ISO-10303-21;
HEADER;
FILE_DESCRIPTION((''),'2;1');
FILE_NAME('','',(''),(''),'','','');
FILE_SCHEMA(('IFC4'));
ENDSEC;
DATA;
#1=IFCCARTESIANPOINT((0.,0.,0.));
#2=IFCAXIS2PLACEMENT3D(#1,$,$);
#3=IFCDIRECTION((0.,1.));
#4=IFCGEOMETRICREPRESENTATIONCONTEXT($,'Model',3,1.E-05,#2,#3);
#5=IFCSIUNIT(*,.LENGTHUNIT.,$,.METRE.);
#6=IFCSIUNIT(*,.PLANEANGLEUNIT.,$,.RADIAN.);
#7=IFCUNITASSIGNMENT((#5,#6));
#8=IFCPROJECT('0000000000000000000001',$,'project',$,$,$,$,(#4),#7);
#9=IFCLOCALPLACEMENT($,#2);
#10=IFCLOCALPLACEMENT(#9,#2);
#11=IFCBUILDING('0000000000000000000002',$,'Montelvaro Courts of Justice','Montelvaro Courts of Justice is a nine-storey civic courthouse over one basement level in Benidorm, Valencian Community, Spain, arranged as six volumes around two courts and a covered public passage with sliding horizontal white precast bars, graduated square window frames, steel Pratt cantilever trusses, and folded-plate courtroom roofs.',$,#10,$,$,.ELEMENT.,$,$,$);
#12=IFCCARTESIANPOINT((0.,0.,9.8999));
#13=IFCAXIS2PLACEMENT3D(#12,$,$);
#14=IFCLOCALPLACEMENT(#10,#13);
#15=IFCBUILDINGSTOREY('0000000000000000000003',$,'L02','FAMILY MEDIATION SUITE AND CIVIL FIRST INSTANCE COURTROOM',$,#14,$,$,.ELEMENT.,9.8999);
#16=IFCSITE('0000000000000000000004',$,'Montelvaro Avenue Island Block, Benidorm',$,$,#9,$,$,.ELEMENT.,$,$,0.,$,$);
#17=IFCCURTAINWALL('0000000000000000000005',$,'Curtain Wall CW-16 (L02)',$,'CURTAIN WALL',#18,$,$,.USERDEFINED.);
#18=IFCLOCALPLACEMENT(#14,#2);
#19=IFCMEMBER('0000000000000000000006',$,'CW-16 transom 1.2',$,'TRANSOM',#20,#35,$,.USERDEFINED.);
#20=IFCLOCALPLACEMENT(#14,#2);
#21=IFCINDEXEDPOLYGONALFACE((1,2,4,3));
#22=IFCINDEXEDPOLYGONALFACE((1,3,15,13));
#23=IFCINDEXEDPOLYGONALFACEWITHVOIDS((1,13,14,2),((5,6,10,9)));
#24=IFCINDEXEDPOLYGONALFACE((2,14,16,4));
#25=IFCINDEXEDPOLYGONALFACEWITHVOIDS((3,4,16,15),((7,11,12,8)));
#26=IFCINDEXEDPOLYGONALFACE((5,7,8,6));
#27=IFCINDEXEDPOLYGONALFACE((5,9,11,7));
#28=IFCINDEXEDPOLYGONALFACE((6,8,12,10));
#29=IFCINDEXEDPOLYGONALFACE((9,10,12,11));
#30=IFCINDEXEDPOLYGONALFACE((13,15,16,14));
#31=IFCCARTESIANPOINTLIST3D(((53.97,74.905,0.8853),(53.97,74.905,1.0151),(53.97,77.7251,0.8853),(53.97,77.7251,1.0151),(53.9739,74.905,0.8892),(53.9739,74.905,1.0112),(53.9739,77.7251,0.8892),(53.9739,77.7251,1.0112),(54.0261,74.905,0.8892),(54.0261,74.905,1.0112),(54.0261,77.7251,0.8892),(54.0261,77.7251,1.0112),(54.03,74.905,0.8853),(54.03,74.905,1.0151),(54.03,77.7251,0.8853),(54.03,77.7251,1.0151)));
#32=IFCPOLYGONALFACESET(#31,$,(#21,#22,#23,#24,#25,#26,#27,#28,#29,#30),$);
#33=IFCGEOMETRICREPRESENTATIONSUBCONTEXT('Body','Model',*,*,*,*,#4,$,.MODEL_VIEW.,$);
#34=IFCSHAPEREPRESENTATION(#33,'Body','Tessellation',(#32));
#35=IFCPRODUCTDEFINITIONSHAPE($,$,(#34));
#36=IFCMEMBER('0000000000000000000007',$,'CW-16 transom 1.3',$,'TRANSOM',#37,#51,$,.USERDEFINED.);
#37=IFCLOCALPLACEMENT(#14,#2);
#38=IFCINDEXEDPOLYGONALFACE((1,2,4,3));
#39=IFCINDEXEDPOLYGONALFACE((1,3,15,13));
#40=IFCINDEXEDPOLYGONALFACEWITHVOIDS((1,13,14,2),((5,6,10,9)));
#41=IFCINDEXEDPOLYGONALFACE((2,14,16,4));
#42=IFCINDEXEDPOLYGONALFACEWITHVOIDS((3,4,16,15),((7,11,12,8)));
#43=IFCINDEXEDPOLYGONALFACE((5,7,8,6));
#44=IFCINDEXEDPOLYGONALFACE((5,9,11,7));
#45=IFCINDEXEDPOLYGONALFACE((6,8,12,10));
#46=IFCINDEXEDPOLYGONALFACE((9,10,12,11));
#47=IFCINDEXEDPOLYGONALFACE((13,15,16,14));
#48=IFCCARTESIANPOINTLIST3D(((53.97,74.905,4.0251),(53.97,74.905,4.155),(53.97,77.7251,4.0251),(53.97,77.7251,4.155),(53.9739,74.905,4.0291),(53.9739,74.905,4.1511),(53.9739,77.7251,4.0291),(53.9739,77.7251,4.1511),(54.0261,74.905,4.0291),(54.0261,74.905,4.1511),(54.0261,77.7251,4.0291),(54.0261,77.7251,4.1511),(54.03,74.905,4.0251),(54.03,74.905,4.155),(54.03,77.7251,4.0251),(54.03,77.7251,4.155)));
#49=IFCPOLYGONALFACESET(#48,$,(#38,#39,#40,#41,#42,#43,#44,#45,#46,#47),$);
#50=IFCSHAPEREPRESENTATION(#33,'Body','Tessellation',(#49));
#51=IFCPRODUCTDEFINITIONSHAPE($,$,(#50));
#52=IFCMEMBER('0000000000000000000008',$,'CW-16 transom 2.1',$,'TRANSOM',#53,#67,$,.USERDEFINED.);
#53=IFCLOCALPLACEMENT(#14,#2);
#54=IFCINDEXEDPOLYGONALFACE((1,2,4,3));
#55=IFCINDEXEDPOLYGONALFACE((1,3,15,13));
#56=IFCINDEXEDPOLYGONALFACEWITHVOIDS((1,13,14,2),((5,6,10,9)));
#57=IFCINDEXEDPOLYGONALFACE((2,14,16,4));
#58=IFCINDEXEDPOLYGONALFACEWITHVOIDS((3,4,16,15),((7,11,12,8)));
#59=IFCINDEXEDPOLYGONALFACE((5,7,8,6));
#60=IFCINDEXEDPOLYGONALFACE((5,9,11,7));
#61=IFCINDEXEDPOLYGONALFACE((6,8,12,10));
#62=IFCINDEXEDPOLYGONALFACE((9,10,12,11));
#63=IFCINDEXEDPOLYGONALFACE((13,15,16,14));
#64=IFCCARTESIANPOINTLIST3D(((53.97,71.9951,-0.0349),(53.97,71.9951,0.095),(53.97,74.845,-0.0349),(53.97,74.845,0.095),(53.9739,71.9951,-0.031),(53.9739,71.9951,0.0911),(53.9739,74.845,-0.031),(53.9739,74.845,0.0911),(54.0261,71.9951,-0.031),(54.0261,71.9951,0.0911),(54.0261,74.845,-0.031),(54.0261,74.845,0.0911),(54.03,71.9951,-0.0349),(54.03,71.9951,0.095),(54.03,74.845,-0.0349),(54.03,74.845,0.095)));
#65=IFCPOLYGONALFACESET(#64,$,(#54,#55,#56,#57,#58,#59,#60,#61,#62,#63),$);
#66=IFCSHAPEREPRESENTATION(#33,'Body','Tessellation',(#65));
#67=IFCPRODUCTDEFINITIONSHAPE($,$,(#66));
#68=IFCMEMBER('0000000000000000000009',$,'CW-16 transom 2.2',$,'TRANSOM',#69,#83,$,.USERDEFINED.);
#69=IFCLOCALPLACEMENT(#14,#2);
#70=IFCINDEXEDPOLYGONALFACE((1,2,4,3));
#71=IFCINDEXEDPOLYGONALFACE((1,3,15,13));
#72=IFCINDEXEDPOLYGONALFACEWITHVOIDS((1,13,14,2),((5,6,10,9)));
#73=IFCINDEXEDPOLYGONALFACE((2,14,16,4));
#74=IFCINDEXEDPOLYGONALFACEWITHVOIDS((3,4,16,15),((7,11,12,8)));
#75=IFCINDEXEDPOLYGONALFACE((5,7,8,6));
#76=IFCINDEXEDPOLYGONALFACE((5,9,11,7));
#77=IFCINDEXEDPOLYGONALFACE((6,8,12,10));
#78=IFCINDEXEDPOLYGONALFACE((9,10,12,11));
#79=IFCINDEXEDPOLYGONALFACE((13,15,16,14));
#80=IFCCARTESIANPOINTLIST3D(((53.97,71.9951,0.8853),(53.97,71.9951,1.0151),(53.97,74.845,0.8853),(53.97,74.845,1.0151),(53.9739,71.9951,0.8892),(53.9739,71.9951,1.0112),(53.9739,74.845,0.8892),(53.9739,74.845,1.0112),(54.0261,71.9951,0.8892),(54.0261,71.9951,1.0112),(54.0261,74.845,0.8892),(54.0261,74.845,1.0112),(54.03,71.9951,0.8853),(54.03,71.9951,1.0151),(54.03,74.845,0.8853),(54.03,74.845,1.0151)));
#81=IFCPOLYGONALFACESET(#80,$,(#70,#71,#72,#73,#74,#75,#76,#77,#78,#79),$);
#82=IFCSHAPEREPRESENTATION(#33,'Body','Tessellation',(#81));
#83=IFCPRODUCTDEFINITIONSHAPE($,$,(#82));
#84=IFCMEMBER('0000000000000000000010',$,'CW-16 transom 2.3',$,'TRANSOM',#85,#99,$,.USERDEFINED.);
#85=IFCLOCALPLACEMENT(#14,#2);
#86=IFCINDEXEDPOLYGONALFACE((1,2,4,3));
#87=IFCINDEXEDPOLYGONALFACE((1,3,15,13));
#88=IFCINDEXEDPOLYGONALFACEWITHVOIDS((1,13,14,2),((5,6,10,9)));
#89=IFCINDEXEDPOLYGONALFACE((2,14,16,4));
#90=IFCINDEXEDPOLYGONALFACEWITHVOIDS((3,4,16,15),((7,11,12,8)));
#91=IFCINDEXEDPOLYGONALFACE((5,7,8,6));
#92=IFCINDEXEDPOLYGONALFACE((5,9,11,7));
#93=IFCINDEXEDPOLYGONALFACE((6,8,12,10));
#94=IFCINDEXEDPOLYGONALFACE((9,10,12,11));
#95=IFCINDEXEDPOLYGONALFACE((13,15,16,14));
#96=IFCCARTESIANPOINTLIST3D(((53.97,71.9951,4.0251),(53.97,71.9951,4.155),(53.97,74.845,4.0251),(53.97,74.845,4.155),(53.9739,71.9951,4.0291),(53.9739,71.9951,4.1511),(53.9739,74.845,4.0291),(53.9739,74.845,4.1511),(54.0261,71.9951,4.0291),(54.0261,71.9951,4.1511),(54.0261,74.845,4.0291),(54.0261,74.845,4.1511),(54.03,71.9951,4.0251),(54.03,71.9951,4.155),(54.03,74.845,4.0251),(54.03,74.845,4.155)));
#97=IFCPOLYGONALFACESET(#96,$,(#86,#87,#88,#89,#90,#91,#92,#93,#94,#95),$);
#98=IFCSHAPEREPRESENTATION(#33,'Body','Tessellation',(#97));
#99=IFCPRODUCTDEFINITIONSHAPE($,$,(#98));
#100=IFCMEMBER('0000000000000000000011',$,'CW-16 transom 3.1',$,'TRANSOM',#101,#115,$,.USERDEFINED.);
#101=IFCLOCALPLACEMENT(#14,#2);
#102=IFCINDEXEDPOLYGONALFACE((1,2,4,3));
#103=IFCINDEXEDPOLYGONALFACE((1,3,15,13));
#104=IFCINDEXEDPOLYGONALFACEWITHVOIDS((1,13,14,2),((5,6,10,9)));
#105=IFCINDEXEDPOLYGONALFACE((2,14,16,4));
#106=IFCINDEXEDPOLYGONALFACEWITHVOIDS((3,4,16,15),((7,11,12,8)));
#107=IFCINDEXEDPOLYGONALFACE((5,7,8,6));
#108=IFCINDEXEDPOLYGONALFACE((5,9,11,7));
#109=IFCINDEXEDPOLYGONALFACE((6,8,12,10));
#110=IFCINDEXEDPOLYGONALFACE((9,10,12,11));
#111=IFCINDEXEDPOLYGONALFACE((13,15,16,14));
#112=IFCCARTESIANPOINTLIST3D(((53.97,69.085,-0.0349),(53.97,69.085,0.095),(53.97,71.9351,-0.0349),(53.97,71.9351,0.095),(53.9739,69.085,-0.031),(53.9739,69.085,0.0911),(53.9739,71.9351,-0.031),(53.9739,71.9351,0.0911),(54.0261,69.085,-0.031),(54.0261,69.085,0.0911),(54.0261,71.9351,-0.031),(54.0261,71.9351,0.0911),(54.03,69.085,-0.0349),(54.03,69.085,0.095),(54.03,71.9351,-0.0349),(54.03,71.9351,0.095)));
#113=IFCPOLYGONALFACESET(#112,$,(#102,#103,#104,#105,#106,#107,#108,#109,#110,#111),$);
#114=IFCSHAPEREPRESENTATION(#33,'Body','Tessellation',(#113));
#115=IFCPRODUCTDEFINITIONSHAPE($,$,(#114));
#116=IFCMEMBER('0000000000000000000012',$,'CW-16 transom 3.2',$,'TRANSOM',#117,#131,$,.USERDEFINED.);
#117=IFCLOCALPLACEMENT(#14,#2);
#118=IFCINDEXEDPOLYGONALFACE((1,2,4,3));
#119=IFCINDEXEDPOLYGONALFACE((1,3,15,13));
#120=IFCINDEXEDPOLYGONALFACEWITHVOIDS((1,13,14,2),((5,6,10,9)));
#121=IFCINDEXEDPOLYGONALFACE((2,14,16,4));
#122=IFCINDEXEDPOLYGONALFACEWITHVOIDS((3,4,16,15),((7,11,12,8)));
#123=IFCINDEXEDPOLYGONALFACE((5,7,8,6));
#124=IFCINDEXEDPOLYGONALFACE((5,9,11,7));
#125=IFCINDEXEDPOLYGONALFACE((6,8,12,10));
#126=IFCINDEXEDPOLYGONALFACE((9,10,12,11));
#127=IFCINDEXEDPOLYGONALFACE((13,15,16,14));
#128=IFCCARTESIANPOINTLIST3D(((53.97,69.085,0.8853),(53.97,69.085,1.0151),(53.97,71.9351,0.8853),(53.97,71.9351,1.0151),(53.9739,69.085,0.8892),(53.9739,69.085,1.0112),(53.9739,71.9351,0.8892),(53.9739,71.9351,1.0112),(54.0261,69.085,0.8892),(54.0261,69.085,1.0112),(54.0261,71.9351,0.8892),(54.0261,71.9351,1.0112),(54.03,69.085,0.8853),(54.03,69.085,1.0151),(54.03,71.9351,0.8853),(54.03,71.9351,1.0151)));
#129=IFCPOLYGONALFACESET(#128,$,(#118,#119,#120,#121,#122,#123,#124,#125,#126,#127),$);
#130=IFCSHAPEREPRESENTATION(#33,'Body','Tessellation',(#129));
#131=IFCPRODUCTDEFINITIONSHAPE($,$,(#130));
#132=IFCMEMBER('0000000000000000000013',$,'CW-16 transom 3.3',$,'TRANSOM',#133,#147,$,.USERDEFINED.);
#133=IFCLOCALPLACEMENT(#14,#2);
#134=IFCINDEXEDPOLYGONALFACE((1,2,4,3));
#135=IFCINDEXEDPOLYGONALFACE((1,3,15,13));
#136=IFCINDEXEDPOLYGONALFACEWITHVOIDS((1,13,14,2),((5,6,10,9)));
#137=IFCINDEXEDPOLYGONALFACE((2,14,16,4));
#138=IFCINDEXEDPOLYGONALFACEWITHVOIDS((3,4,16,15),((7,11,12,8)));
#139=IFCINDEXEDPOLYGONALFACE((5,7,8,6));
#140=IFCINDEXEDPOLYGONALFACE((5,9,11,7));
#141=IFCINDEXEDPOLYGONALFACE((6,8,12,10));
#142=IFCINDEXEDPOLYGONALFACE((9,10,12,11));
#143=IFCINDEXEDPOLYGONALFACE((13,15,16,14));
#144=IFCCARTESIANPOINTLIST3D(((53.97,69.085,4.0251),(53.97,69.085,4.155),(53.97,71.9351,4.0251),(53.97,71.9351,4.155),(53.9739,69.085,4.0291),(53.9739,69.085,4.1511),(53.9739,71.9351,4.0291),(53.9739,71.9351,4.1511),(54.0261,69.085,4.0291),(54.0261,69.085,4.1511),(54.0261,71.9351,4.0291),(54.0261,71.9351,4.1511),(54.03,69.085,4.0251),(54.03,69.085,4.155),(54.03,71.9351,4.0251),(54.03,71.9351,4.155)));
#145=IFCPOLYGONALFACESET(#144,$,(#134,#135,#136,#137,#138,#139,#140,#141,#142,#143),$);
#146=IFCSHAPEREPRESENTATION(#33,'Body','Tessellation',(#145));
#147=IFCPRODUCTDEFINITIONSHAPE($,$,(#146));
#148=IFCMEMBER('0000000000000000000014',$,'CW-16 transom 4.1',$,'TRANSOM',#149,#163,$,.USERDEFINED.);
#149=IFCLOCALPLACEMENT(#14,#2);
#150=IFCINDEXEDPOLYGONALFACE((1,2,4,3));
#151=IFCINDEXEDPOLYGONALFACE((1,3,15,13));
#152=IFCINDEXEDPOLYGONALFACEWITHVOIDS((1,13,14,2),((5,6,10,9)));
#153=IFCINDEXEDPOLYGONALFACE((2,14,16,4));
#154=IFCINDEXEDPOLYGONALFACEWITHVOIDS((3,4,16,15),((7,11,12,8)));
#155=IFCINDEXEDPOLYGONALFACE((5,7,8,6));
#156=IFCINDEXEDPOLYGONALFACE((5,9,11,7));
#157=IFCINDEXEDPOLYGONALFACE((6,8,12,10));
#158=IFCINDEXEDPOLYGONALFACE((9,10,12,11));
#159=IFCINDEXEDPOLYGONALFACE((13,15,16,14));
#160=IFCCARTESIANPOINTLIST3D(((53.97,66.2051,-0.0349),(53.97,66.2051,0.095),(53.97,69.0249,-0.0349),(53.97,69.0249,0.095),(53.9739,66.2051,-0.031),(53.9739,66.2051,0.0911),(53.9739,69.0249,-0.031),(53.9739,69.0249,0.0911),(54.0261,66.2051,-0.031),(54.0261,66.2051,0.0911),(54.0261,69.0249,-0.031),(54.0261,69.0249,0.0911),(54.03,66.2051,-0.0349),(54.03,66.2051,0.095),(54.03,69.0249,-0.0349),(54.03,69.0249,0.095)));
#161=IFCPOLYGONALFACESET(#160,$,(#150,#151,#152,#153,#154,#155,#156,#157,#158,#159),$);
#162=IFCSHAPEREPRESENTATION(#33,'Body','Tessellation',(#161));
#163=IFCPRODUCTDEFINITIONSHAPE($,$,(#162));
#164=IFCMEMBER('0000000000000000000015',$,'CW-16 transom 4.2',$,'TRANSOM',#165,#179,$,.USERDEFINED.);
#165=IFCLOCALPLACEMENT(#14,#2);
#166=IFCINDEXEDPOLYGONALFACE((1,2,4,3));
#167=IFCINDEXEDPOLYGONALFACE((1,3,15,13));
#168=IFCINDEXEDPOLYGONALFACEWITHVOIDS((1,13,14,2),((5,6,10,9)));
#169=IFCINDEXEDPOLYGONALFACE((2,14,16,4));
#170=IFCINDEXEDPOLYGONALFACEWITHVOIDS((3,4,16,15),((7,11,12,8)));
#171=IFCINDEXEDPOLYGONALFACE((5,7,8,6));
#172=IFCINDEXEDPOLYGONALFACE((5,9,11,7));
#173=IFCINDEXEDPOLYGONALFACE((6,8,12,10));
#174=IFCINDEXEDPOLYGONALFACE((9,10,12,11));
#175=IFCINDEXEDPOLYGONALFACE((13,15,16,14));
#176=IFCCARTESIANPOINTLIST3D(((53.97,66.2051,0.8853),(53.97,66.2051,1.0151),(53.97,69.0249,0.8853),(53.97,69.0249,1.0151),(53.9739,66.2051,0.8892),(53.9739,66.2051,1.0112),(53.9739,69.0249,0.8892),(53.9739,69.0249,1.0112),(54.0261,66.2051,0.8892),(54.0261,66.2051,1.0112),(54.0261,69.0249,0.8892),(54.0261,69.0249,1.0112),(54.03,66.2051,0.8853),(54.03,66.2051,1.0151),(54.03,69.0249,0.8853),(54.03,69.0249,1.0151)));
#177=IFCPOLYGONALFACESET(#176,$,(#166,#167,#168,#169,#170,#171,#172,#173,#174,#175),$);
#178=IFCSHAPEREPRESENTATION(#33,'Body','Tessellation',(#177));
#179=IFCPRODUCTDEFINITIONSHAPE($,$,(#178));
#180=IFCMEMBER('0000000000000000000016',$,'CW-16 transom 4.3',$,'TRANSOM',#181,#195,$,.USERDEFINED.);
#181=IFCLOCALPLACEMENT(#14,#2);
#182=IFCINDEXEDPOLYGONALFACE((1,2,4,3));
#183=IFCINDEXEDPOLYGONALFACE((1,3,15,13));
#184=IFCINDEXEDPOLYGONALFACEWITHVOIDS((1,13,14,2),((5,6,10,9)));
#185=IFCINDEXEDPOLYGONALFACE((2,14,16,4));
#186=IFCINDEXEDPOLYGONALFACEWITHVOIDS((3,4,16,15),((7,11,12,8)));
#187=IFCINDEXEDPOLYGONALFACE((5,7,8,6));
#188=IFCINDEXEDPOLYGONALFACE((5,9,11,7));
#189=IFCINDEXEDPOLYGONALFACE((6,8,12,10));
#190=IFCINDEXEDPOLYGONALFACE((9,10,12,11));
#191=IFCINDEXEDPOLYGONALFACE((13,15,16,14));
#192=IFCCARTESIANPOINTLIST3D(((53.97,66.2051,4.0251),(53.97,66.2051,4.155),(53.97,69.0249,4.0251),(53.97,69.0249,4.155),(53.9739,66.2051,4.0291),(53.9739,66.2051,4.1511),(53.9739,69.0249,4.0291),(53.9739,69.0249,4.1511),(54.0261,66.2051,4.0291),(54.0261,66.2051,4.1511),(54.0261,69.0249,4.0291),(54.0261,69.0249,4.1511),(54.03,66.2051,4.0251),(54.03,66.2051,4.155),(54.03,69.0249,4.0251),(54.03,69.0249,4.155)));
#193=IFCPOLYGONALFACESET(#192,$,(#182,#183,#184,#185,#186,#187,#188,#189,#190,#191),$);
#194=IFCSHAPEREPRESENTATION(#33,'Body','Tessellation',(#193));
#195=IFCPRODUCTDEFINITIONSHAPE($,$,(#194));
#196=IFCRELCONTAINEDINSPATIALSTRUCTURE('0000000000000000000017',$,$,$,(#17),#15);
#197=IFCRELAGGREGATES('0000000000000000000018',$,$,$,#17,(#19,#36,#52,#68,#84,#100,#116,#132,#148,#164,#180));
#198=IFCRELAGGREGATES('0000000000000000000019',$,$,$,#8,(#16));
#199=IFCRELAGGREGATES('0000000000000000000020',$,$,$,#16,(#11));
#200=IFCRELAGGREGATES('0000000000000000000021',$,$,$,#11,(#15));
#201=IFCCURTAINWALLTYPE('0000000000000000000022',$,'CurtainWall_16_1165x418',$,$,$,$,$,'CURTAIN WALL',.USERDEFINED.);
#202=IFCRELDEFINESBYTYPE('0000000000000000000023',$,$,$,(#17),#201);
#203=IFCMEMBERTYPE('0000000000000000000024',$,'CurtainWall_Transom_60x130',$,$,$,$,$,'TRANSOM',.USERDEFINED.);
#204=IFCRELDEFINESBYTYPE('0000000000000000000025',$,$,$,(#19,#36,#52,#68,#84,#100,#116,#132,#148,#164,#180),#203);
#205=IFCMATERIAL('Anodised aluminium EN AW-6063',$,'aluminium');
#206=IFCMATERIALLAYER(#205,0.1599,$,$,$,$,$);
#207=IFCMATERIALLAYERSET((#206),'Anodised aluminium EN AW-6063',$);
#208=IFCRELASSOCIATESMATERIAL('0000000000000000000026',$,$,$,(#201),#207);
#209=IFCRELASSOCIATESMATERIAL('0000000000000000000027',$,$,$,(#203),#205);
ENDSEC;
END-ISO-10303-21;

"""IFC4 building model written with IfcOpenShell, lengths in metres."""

from ifc_helpers import new_model, si_unit, direction, frame, origin, origin_2d, place, context, subcontext, project, spatial, hollow_rectangle, extrude, material, layer, layer_set, material_profile, profile_set, type_object, element, aggregate, save


model = new_model("IFC4")

# Units and contexts
model_context = context("Model", 3, precision=1e-05, world=origin(), true_north=direction((0.0, 1.0)))
body_context = subcontext(model_context, "Body", "Model", "MODEL_VIEW")
ifc_project = project(units=[si_unit("LENGTHUNIT", "METRE"), si_unit("PLANEANGLEUNIT", "RADIAN")], contexts=[model_context])

# Site, building, storey
site_placement = place(None, origin())
site = spatial("IfcSite", under=ifc_project, at=site_placement, Name="Montelvaro Avenue Island Block, Benidorm", CompositionType="ELEMENT", RefElevation=0.0)
building_placement = place(site_placement, origin())
building = spatial("IfcBuilding", under=site, at=building_placement, Name="Montelvaro Courts of Justice", Description="Montelvaro Courts of Justice is a nine-storey civic courthouse over one basement level in Benidorm, Valencian Community, Spain, arranged as six volumes around two courts and a covered public passage with sliding horizontal white precast bars, graduated square window frames, steel Pratt cantilever trusses, and folded-plate courtroom roofs.", CompositionType="ELEMENT")
storey_placement = place(building_placement, frame((0.0, 0.0, 9.8999)))
storey = spatial("IfcBuildingStorey", under=building, at=storey_placement, Name="L02", Description="FAMILY MEDIATION SUITE AND CIVIL FIRST INSTANCE COURTROOM", CompositionType="ELEMENT", Elevation=9.8999)

# Curtain wall
ifc_material_1 = material(Name="Anodised aluminium EN AW-6063", Category="aluminium")
ifc_layer_1 = layer(ifc_material_1, 0.1599)
ifc_layer_set_1 = layer_set([ifc_layer_1], Name="Anodised aluminium EN AW-6063")
curtain_wall_type_1 = type_object("IfcCurtainWallType", Name="CurtainWall_16_1165x418", ElementType="CURTAIN WALL", PredefinedType="USERDEFINED", material=ifc_layer_set_1)
curtain_wall_1_placement = place(storey_placement, origin())
curtain_wall_1 = element("IfcCurtainWall", 1, at=curtain_wall_1_placement, inside=storey, type_object=curtain_wall_type_1, Name="Curtain Wall CW-16 (L02)", ObjectType="CURTAIN WALL", PredefinedType="USERDEFINED")

# Members
ifc_material_profile_1 = material_profile(ifc_material_1, hollow_rectangle(XDim=0.0601, YDim=0.1299, WallThickness=0.0039, at=origin_2d()), Name="ALU-T 60x130")
ifc_profile_set_1 = profile_set([ifc_material_profile_1], Name="Anodised aluminium EN AW-6063")
member_type_1 = type_object("IfcMemberType", Name="CurtainWall_Transom_60x130", ElementType="TRANSOM", PredefinedType="USERDEFINED", material=ifc_profile_set_1)
member_1_placement = place(storey_placement, frame((54.0, 77.7251, 0.9502), z_axis=(0.0, -1.0, 0.0), x_axis=(1.0, 0.0, 0.0)))
member_1 = element("IfcMember", 2, at=member_1_placement, type_object=member_type_1, Name="CW-16 transom 1.2", ObjectType="TRANSOM", PredefinedType="USERDEFINED", context=body_context, shape_type="SweptSolid", body=[
    extrude(hollow_rectangle(XDim=0.0601, YDim=0.1299, WallThickness=0.0039, at=origin_2d()), origin(), (0.0, 0.0, 1.0), 2.8201),
])
member_2_placement = place(storey_placement, frame((54.0, 77.7251, 4.0901), z_axis=(0.0, -1.0, 0.0), x_axis=(1.0, 0.0, 0.0)))
member_2 = element("IfcMember", 3, at=member_2_placement, type_object=member_type_1, Name="CW-16 transom 1.3", ObjectType="TRANSOM", PredefinedType="USERDEFINED", context=body_context, shape_type="SweptSolid", body=[
    extrude(hollow_rectangle(XDim=0.0601, YDim=0.1299, WallThickness=0.0039, at=origin_2d()), origin(), (0.0, 0.0, 1.0), 2.8201),
])
member_3_placement = place(storey_placement, frame((54.0, 74.845, 0.03), z_axis=(0.0, -1.0, 0.0), x_axis=(1.0, 0.0, 0.0)))
member_3 = element("IfcMember", 4, at=member_3_placement, type_object=member_type_1, Name="CW-16 transom 2.1", ObjectType="TRANSOM", PredefinedType="USERDEFINED", context=body_context, shape_type="SweptSolid", body=[
    extrude(hollow_rectangle(XDim=0.0601, YDim=0.1299, WallThickness=0.0039, at=origin_2d()), origin(), (0.0, 0.0, 1.0), 2.8499),
])
member_4_placement = place(storey_placement, frame((54.0, 74.845, 0.9502), z_axis=(0.0, -1.0, 0.0), x_axis=(1.0, 0.0, 0.0)))
member_4 = element("IfcMember", 5, at=member_4_placement, type_object=member_type_1, Name="CW-16 transom 2.2", ObjectType="TRANSOM", PredefinedType="USERDEFINED", context=body_context, shape_type="SweptSolid", body=[
    extrude(hollow_rectangle(XDim=0.0601, YDim=0.1299, WallThickness=0.0039, at=origin_2d()), origin(), (0.0, 0.0, 1.0), 2.8499),
])
member_5_placement = place(storey_placement, frame((54.0, 74.845, 4.0901), z_axis=(0.0, -1.0, 0.0), x_axis=(1.0, 0.0, 0.0)))
member_5 = element("IfcMember", 6, at=member_5_placement, type_object=member_type_1, Name="CW-16 transom 2.3", ObjectType="TRANSOM", PredefinedType="USERDEFINED", context=body_context, shape_type="SweptSolid", body=[
    extrude(hollow_rectangle(XDim=0.0601, YDim=0.1299, WallThickness=0.0039, at=origin_2d()), origin(), (0.0, 0.0, 1.0), 2.8499),
])
member_6_placement = place(storey_placement, frame((54.0, 71.9351, 0.03), z_axis=(0.0, -1.0, 0.0), x_axis=(1.0, 0.0, 0.0)))
member_6 = element("IfcMember", 7, at=member_6_placement, type_object=member_type_1, Name="CW-16 transom 3.1", ObjectType="TRANSOM", PredefinedType="USERDEFINED", context=body_context, shape_type="SweptSolid", body=[
    extrude(hollow_rectangle(XDim=0.0601, YDim=0.1299, WallThickness=0.0039, at=origin_2d()), origin(), (0.0, 0.0, 1.0), 2.8501),
])
member_7_placement = place(storey_placement, frame((54.0, 71.9351, 0.9502), z_axis=(0.0, -1.0, 0.0), x_axis=(1.0, 0.0, 0.0)))
member_7 = element("IfcMember", 8, at=member_7_placement, type_object=member_type_1, Name="CW-16 transom 3.2", ObjectType="TRANSOM", PredefinedType="USERDEFINED", context=body_context, shape_type="SweptSolid", body=[
    extrude(hollow_rectangle(XDim=0.0601, YDim=0.1299, WallThickness=0.0039, at=origin_2d()), origin(), (0.0, 0.0, 1.0), 2.8501),
])
member_8_placement = place(storey_placement, frame((54.0, 71.9351, 4.0901), z_axis=(0.0, -1.0, 0.0), x_axis=(1.0, 0.0, 0.0)))
member_8 = element("IfcMember", 9, at=member_8_placement, type_object=member_type_1, Name="CW-16 transom 3.3", ObjectType="TRANSOM", PredefinedType="USERDEFINED", context=body_context, shape_type="SweptSolid", body=[
    extrude(hollow_rectangle(XDim=0.0601, YDim=0.1299, WallThickness=0.0039, at=origin_2d()), origin(), (0.0, 0.0, 1.0), 2.8501),
])
member_9_placement = place(storey_placement, frame((54.0, 69.0249, 0.03), z_axis=(0.0, -1.0, 0.0), x_axis=(1.0, 0.0, 0.0)))
member_9 = element("IfcMember", 10, at=member_9_placement, type_object=member_type_1, Name="CW-16 transom 4.1", ObjectType="TRANSOM", PredefinedType="USERDEFINED", context=body_context, shape_type="SweptSolid", body=[
    extrude(hollow_rectangle(XDim=0.0601, YDim=0.1299, WallThickness=0.0039, at=origin_2d()), origin(), (0.0, 0.0, 1.0), 2.8198),
])
member_10_placement = place(storey_placement, frame((54.0, 69.0249, 0.9502), z_axis=(0.0, -1.0, 0.0), x_axis=(1.0, 0.0, 0.0)))
member_10 = element("IfcMember", 11, at=member_10_placement, type_object=member_type_1, Name="CW-16 transom 4.2", ObjectType="TRANSOM", PredefinedType="USERDEFINED", context=body_context, shape_type="SweptSolid", body=[
    extrude(hollow_rectangle(XDim=0.0601, YDim=0.1299, WallThickness=0.0039, at=origin_2d()), origin(), (0.0, 0.0, 1.0), 2.8198),
])
member_11_placement = place(storey_placement, frame((54.0, 69.0249, 4.0901), z_axis=(0.0, -1.0, 0.0), x_axis=(1.0, 0.0, 0.0)))
member_11 = element("IfcMember", 12, at=member_11_placement, type_object=member_type_1, Name="CW-16 transom 4.3", ObjectType="TRANSOM", PredefinedType="USERDEFINED", context=body_context, shape_type="SweptSolid", body=[
    extrude(hollow_rectangle(XDim=0.0601, YDim=0.1299, WallThickness=0.0039, at=origin_2d()), origin(), (0.0, 0.0, 1.0), 2.8198),
])

aggregate(curtain_wall_1, [member_1, member_2, member_3, member_4, member_5, member_6, member_7, member_8, member_9, member_10, member_11])

save(model, "model.ifc")
